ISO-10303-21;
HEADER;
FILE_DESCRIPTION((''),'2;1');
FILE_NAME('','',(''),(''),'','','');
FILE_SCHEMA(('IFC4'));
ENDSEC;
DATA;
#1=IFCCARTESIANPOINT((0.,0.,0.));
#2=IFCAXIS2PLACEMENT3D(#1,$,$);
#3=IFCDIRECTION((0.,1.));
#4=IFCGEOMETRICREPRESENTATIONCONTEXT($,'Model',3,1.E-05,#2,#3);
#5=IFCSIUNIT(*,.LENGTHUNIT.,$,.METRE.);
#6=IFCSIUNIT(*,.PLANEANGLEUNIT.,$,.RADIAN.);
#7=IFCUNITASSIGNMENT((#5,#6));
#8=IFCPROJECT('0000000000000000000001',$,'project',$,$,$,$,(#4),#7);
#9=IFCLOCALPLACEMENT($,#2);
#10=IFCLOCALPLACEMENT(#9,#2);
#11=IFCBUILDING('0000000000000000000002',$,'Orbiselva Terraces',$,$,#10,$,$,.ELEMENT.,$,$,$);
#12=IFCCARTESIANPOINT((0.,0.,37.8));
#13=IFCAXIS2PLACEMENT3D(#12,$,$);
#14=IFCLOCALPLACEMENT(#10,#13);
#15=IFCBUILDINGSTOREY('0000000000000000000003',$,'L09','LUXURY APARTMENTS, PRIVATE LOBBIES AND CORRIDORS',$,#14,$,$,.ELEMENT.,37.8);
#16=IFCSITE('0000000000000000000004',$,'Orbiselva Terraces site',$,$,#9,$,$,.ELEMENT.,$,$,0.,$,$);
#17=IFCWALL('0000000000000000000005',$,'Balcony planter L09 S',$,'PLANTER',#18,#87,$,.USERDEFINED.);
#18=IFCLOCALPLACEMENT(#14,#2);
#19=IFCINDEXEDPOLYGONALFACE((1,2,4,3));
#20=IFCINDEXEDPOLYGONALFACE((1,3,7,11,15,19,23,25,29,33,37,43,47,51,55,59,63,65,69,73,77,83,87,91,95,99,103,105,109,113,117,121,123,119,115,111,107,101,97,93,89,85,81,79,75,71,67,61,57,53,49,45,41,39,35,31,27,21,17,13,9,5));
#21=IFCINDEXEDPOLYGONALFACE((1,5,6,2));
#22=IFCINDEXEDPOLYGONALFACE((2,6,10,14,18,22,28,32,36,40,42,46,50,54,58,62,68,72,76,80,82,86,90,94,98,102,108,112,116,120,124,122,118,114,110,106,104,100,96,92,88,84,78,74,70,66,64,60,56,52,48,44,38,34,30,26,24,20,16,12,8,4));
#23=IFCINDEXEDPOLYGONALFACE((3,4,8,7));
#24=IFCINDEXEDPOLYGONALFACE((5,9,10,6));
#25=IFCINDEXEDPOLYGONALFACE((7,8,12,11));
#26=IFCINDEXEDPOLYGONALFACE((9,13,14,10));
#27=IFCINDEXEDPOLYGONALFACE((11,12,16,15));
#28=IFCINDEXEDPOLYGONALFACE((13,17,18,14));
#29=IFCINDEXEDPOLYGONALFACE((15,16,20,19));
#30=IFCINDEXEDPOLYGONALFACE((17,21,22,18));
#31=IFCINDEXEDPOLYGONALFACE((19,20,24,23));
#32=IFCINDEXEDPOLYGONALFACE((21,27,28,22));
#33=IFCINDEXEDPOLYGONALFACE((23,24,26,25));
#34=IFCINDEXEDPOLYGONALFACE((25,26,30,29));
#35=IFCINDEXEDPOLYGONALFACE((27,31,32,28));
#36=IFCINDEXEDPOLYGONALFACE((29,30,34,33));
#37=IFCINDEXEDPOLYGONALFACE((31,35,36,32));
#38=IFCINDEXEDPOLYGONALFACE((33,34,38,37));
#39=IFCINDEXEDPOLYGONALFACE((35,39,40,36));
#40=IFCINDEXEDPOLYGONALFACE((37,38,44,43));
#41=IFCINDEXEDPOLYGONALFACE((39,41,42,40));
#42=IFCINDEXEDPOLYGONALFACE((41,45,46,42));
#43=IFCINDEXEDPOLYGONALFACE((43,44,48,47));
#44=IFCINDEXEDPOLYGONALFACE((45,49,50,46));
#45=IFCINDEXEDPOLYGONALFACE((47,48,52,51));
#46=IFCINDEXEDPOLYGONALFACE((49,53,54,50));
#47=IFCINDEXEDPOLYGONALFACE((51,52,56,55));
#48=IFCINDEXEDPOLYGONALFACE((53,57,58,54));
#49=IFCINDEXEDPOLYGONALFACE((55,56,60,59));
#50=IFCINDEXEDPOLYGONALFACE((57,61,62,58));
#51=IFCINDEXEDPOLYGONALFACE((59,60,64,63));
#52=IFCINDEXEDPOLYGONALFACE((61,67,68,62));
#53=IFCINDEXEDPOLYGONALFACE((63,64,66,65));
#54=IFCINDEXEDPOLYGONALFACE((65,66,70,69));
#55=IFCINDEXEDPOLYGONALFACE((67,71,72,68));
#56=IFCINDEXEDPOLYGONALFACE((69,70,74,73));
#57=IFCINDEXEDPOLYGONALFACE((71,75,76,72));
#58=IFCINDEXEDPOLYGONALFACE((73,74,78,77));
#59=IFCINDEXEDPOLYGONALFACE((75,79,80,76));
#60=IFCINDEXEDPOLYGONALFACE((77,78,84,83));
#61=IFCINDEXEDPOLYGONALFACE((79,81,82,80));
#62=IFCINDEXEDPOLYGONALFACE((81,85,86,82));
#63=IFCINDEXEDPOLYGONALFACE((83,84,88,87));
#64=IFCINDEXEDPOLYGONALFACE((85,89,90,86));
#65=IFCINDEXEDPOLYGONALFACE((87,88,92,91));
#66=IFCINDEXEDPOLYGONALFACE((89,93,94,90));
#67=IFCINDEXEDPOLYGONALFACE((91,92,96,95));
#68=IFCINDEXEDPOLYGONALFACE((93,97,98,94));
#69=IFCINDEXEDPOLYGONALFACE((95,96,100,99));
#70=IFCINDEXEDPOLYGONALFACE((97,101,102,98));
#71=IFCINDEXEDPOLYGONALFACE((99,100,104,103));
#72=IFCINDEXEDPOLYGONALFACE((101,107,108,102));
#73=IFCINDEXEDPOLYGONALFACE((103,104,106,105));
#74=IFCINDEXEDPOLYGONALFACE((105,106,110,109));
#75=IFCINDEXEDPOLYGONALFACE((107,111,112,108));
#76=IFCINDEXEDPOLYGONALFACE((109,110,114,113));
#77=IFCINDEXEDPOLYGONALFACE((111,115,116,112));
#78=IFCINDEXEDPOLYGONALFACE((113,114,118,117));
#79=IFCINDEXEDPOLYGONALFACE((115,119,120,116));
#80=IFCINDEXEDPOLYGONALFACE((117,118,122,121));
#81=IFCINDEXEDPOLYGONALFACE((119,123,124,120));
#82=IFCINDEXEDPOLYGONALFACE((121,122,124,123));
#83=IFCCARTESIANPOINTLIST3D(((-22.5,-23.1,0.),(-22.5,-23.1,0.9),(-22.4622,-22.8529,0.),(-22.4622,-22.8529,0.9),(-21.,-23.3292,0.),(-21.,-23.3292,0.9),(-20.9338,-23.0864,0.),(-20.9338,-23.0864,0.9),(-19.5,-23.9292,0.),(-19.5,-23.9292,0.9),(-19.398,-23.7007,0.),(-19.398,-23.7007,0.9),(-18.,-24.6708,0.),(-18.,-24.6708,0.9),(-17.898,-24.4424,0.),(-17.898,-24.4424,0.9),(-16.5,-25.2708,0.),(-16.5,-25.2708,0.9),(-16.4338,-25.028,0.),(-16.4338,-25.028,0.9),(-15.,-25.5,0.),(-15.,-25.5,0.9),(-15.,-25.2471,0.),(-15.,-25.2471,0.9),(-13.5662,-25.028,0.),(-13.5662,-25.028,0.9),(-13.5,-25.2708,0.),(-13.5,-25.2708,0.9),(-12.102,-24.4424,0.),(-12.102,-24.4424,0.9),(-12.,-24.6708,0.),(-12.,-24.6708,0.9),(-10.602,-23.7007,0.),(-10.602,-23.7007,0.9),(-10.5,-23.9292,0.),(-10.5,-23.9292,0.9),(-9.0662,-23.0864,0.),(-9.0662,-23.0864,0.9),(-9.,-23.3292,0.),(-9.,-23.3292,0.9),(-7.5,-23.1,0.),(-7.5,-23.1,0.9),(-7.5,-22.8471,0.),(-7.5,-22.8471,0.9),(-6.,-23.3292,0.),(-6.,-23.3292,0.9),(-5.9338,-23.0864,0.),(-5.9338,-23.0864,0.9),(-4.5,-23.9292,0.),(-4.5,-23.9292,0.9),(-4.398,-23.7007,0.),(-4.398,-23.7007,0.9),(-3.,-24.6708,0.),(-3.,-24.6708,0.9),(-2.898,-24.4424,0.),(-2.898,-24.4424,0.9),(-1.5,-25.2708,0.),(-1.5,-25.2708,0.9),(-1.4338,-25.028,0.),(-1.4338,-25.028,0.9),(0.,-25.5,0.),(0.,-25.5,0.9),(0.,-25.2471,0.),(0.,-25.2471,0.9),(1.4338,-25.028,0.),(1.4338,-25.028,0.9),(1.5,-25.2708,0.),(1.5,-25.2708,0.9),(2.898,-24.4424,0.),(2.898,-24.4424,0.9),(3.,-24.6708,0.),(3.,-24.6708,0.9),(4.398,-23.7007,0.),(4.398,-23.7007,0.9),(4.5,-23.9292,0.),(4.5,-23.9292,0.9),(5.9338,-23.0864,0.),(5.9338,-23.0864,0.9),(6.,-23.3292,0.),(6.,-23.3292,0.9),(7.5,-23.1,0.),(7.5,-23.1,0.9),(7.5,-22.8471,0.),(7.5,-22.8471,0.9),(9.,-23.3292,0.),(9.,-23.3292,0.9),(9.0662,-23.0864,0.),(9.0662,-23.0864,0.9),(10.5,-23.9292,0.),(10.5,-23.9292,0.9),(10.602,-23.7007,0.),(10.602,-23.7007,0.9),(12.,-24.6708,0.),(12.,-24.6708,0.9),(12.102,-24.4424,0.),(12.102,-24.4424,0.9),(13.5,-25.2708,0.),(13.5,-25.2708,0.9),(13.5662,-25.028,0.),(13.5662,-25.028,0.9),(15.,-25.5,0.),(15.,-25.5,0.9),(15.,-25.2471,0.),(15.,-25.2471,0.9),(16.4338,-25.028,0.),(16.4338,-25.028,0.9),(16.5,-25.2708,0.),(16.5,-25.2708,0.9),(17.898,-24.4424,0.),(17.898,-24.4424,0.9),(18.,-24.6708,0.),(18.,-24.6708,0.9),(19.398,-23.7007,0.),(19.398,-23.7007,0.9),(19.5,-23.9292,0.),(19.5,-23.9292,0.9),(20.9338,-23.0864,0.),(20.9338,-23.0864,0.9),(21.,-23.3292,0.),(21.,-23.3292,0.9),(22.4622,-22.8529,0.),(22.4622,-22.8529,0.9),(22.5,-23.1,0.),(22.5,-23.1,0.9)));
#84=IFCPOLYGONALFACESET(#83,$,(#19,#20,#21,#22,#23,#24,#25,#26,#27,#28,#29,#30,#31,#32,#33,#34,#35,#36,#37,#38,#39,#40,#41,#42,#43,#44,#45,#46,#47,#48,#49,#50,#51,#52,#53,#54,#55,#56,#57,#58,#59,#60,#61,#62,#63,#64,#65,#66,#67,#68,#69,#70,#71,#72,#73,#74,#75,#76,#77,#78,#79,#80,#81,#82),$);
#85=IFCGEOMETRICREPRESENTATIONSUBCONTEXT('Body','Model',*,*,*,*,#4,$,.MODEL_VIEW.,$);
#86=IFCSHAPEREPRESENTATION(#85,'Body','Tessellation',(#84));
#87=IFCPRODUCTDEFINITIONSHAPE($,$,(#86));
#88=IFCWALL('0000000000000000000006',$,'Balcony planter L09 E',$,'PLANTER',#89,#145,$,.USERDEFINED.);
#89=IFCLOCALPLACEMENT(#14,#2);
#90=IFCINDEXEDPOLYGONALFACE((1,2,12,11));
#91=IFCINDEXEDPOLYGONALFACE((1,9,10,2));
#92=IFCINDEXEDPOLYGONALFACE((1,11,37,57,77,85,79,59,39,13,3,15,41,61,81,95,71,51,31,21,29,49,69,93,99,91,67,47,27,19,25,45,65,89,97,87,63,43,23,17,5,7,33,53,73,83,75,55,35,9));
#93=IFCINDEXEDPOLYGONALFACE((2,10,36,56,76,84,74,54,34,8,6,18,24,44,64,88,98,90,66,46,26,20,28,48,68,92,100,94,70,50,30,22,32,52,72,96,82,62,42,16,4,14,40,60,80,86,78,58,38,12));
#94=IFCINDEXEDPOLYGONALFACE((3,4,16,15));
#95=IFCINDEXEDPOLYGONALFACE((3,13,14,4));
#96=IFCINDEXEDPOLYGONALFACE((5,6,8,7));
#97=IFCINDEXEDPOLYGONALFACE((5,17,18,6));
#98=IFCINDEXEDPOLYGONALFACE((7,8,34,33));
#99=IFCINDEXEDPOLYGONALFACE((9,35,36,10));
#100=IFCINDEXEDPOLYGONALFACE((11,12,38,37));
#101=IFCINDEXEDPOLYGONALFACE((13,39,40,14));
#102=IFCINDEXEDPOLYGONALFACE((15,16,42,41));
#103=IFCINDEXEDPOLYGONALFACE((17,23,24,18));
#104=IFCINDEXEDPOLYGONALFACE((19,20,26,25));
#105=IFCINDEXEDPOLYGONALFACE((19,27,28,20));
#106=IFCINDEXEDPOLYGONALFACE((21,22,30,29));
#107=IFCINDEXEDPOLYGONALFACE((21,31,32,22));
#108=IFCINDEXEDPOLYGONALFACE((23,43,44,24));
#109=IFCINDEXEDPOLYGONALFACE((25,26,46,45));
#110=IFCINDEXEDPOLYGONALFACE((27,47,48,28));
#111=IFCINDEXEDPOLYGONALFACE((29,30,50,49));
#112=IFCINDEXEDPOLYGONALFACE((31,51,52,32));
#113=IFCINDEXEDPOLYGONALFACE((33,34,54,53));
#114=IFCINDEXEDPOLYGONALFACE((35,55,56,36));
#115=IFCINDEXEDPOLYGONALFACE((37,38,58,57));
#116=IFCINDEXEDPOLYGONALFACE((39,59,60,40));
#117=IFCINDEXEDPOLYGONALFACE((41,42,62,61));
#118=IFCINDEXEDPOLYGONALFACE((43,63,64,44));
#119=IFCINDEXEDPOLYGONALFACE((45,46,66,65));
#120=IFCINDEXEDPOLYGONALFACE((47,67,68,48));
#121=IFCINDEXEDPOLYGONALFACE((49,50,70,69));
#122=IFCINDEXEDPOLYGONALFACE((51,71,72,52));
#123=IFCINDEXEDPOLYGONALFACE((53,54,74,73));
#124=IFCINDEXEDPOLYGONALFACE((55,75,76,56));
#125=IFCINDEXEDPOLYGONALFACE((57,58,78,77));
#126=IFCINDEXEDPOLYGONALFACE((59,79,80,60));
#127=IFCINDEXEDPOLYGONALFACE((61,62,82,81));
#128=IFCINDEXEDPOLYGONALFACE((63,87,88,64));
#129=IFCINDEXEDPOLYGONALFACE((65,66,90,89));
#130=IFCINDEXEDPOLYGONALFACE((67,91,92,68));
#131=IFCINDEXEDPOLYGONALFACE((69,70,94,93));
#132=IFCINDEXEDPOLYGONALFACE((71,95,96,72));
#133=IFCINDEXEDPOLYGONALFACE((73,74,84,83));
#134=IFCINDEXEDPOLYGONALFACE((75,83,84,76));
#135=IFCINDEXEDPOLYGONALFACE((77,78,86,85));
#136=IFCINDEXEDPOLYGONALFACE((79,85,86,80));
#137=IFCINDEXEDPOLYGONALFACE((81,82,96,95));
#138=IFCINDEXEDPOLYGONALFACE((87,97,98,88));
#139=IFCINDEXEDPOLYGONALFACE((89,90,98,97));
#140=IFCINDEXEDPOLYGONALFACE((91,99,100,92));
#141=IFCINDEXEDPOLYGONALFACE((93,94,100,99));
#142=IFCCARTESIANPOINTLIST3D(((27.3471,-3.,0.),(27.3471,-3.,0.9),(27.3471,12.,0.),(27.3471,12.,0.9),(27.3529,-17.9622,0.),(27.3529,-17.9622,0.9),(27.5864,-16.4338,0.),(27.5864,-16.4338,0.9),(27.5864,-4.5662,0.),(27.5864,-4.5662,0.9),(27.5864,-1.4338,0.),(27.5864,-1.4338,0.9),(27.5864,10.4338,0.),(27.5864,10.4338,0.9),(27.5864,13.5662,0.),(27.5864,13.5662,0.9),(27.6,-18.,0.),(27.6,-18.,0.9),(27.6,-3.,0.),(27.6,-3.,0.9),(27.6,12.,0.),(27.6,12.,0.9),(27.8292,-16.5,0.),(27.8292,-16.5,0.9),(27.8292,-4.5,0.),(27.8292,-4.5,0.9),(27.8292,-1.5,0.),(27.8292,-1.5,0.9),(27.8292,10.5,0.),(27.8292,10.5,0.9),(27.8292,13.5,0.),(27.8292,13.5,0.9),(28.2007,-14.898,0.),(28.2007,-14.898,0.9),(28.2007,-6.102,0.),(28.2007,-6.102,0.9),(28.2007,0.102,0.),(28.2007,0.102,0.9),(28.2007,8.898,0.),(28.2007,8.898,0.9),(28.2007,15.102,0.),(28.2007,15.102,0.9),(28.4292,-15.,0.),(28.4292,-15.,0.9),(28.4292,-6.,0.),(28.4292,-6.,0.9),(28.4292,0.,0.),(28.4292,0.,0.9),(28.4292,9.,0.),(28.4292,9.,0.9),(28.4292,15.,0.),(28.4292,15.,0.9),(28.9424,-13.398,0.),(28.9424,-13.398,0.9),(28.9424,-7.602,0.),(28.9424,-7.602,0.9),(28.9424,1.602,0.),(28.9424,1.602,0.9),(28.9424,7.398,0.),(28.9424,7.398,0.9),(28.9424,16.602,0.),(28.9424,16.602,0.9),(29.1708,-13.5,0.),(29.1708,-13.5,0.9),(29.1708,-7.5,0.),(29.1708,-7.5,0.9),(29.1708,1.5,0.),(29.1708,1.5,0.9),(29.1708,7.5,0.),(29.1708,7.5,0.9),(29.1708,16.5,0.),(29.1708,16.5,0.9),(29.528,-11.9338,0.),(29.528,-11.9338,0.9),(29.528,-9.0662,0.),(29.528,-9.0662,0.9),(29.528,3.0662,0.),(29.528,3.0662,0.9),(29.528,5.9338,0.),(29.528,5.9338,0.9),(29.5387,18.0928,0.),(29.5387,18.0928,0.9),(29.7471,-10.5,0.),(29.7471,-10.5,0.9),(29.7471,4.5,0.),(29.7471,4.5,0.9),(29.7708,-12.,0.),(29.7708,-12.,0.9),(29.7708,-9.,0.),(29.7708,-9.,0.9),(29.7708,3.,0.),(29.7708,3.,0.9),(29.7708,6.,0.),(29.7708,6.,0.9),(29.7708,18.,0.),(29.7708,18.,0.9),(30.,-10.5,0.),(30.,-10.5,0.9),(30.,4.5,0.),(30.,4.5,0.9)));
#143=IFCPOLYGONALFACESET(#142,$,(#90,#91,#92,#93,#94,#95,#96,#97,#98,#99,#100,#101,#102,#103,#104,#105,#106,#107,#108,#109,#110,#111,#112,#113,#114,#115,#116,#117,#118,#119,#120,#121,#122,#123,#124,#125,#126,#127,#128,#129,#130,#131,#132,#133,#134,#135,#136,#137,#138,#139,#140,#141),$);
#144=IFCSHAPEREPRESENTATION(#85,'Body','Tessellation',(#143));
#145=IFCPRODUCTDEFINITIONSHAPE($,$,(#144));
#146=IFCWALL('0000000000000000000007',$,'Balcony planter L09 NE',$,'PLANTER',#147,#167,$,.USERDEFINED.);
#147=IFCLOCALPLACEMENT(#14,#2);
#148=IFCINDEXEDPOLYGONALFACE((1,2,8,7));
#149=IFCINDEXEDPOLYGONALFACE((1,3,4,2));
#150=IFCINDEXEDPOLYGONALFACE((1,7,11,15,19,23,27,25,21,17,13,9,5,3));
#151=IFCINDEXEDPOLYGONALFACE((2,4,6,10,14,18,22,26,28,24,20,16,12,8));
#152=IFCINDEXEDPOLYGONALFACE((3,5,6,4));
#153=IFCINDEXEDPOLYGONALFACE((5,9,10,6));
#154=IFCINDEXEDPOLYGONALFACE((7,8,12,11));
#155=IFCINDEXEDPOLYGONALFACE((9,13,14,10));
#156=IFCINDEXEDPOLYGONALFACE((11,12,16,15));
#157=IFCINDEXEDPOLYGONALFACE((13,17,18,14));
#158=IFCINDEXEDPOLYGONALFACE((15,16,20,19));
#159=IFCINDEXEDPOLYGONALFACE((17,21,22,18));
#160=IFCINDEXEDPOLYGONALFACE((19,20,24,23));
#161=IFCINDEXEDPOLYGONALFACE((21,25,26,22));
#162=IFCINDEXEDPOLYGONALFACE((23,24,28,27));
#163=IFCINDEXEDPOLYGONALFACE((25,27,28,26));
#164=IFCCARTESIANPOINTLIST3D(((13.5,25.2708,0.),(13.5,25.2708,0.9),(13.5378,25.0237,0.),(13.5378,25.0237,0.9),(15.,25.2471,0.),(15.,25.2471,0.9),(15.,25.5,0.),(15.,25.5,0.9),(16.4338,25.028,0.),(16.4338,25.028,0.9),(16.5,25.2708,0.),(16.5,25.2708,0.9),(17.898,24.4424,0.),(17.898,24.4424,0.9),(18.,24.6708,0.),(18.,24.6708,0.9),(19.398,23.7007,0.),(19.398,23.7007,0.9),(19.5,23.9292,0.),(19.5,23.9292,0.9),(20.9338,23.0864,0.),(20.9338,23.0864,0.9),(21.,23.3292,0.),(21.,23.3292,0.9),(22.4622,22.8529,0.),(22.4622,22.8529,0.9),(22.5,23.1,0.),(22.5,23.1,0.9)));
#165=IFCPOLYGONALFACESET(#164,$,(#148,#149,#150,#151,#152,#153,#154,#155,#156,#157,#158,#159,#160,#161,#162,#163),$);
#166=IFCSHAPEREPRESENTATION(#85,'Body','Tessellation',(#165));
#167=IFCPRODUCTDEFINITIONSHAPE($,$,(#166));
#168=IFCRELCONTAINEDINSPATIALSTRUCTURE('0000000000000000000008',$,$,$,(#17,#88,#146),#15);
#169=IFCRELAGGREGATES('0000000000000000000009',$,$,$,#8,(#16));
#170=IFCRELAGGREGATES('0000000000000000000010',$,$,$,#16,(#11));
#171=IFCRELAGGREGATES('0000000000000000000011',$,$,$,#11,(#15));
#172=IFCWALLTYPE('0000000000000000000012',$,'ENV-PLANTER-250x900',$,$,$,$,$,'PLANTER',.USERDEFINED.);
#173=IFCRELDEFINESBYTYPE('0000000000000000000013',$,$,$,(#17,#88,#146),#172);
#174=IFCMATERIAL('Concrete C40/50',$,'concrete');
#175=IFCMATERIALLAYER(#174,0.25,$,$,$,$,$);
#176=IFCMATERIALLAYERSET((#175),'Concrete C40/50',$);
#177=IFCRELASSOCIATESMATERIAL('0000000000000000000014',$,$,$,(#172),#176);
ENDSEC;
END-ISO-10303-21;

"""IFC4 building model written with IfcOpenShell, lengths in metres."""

from ifc_helpers import new_model, si_unit, direction, frame, origin, place, context, subcontext, project, spatial, polyline, outline, extrude, material, layer, layer_set, type_object, element, save


model = new_model("IFC4")

# Units and contexts
model_context = context("Model", 3, precision=1e-05, world=origin(), true_north=direction((0.0, 1.0)))
body_context = subcontext(model_context, "Body", "Model", "MODEL_VIEW")
ifc_project = project(units=[si_unit("LENGTHUNIT", "METRE"), si_unit("PLANEANGLEUNIT", "RADIAN")], contexts=[model_context])

# Site, building, storey
site_placement = place(None, origin())
site = spatial("IfcSite", under=ifc_project, at=site_placement, Name="Orbiselva Terraces site", CompositionType="ELEMENT", RefElevation=0.0)
building_placement = place(site_placement, origin())
building = spatial("IfcBuilding", under=site, at=building_placement, Name="Orbiselva Terraces", CompositionType="ELEMENT")
storey_placement = place(building_placement, frame((0.0, 0.0, 37.8)))
storey = spatial("IfcBuildingStorey", under=building, at=storey_placement, Name="L09", Description="LUXURY APARTMENTS, PRIVATE LOBBIES AND CORRIDORS", CompositionType="ELEMENT", Elevation=37.8)

# Shared definitions
ifc_material_1 = material(Name="Concrete C40/50", Category="concrete")

# Walls
ifc_layer_1 = layer(ifc_material_1, 0.25)
ifc_layer_set_1 = layer_set([ifc_layer_1], Name="Concrete C40/50")
wall_type = type_object("IfcWallType", Name="ENV-PLANTER-250x900", ElementType="PLANTER", PredefinedType="USERDEFINED", material=ifc_layer_set_1)
wall_1_placement = place(storey_placement, origin())
element("IfcWall", 1, at=wall_1_placement, inside=storey, type_object=wall_type, Name="Balcony planter L09 S", ObjectType="PLANTER", PredefinedType="USERDEFINED", context=body_context, shape_type="SweptSolid", body=[
    extrude(outline(polyline([(-22.5, -23.1), (-21.0, -23.3292), (-19.5, -23.9292), (-18.0, -24.6708), (-16.5, -25.2708), (-15.0, -25.5), (-13.5, -25.2708), (-12.0, -24.6708), (-10.5, -23.9292), (-9.0, -23.3292), (-7.5, -23.1), (-6.0, -23.3292), (-4.5, -23.9292), (-3.0, -24.6708), (-1.5, -25.2708), (0.0, -25.5), (1.5, -25.2708), (3.0, -24.6708), (4.5, -23.9292), (6.0, -23.3292), (7.5, -23.1), (9.0, -23.3292), (10.5, -23.9292), (12.0, -24.6708), (13.5, -25.2708), (15.0, -25.5), (16.5, -25.2708), (18.0, -24.6708), (19.5, -23.9292), (21.0, -23.3292), (22.5, -23.1), (22.4622, -22.8529), (20.9338, -23.0864), (19.398, -23.7007), (17.898, -24.4424), (16.4338, -25.028), (15.0, -25.2471), (13.5662, -25.028), (12.102, -24.4424), (10.602, -23.7007), (9.0662, -23.0864), (7.5, -22.8471), (5.9338, -23.0864), (4.398, -23.7007), (2.898, -24.4424), (1.4338, -25.028), (0.0, -25.2471), (-1.4338, -25.028), (-2.898, -24.4424), (-4.398, -23.7007), (-5.9338, -23.0864), (-7.5, -22.8471), (-9.0662, -23.0864), (-10.602, -23.7007), (-12.102, -24.4424), (-13.5662, -25.028), (-15.0, -25.2471), (-16.4338, -25.028), (-17.898, -24.4424), (-19.398, -23.7007), (-20.9338, -23.0864), (-22.4622, -22.8529), (-22.5, -23.1)])), origin(), (0.0, 0.0, 1.0), 0.9),
])
wall_2_placement = place(storey_placement, origin())
element("IfcWall", 2, at=wall_2_placement, inside=storey, type_object=wall_type, Name="Balcony planter L09 E", ObjectType="PLANTER", PredefinedType="USERDEFINED", context=body_context, shape_type="SweptSolid", body=[
    extrude(outline(polyline([(27.6, -18.0), (27.8292, -16.5), (28.4292, -15.0), (29.1708, -13.5), (29.7708, -12.0), (30.0, -10.5), (29.7708, -9.0), (29.1708, -7.5), (28.4292, -6.0), (27.8292, -4.5), (27.6, -3.0), (27.8292, -1.5), (28.4292, 0.0), (29.1708, 1.5), (29.7708, 3.0), (30.0, 4.5), (29.7708, 6.0), (29.1708, 7.5), (28.4292, 9.0), (27.8292, 10.5), (27.6, 12.0), (27.8292, 13.5), (28.4292, 15.0), (29.1708, 16.5), (29.7708, 18.0), (29.5387, 18.0928), (28.9424, 16.602), (28.2007, 15.102), (27.5864, 13.5662), (27.3471, 12.0), (27.5864, 10.4338), (28.2007, 8.898), (28.9424, 7.398), (29.528, 5.9338), (29.7471, 4.5), (29.528, 3.0662), (28.9424, 1.602), (28.2007, 0.102), (27.5864, -1.4338), (27.3471, -3.0), (27.5864, -4.5662), (28.2007, -6.102), (28.9424, -7.602), (29.528, -9.0662), (29.7471, -10.5), (29.528, -11.9338), (28.9424, -13.398), (28.2007, -14.898), (27.5864, -16.4338), (27.3529, -17.9622), (27.6, -18.0)])), origin(), (0.0, 0.0, 1.0), 0.9),
])
wall_3_placement = place(storey_placement, origin())
element("IfcWall", 3, at=wall_3_placement, inside=storey, type_object=wall_type, Name="Balcony planter L09 NE", ObjectType="PLANTER", PredefinedType="USERDEFINED", context=body_context, shape_type="SweptSolid", body=[
    extrude(outline(polyline([(22.5, 23.1), (21.0, 23.3292), (19.5, 23.9292), (18.0, 24.6708), (16.5, 25.2708), (15.0, 25.5), (13.5, 25.2708), (13.5378, 25.0237), (15.0, 25.2471), (16.4338, 25.028), (17.898, 24.4424), (19.398, 23.7007), (20.9338, 23.0864), (22.4622, 22.8529), (22.5, 23.1)])), origin(), (0.0, 0.0, 1.0), 0.9),
])

save(model, "model.ifc")
